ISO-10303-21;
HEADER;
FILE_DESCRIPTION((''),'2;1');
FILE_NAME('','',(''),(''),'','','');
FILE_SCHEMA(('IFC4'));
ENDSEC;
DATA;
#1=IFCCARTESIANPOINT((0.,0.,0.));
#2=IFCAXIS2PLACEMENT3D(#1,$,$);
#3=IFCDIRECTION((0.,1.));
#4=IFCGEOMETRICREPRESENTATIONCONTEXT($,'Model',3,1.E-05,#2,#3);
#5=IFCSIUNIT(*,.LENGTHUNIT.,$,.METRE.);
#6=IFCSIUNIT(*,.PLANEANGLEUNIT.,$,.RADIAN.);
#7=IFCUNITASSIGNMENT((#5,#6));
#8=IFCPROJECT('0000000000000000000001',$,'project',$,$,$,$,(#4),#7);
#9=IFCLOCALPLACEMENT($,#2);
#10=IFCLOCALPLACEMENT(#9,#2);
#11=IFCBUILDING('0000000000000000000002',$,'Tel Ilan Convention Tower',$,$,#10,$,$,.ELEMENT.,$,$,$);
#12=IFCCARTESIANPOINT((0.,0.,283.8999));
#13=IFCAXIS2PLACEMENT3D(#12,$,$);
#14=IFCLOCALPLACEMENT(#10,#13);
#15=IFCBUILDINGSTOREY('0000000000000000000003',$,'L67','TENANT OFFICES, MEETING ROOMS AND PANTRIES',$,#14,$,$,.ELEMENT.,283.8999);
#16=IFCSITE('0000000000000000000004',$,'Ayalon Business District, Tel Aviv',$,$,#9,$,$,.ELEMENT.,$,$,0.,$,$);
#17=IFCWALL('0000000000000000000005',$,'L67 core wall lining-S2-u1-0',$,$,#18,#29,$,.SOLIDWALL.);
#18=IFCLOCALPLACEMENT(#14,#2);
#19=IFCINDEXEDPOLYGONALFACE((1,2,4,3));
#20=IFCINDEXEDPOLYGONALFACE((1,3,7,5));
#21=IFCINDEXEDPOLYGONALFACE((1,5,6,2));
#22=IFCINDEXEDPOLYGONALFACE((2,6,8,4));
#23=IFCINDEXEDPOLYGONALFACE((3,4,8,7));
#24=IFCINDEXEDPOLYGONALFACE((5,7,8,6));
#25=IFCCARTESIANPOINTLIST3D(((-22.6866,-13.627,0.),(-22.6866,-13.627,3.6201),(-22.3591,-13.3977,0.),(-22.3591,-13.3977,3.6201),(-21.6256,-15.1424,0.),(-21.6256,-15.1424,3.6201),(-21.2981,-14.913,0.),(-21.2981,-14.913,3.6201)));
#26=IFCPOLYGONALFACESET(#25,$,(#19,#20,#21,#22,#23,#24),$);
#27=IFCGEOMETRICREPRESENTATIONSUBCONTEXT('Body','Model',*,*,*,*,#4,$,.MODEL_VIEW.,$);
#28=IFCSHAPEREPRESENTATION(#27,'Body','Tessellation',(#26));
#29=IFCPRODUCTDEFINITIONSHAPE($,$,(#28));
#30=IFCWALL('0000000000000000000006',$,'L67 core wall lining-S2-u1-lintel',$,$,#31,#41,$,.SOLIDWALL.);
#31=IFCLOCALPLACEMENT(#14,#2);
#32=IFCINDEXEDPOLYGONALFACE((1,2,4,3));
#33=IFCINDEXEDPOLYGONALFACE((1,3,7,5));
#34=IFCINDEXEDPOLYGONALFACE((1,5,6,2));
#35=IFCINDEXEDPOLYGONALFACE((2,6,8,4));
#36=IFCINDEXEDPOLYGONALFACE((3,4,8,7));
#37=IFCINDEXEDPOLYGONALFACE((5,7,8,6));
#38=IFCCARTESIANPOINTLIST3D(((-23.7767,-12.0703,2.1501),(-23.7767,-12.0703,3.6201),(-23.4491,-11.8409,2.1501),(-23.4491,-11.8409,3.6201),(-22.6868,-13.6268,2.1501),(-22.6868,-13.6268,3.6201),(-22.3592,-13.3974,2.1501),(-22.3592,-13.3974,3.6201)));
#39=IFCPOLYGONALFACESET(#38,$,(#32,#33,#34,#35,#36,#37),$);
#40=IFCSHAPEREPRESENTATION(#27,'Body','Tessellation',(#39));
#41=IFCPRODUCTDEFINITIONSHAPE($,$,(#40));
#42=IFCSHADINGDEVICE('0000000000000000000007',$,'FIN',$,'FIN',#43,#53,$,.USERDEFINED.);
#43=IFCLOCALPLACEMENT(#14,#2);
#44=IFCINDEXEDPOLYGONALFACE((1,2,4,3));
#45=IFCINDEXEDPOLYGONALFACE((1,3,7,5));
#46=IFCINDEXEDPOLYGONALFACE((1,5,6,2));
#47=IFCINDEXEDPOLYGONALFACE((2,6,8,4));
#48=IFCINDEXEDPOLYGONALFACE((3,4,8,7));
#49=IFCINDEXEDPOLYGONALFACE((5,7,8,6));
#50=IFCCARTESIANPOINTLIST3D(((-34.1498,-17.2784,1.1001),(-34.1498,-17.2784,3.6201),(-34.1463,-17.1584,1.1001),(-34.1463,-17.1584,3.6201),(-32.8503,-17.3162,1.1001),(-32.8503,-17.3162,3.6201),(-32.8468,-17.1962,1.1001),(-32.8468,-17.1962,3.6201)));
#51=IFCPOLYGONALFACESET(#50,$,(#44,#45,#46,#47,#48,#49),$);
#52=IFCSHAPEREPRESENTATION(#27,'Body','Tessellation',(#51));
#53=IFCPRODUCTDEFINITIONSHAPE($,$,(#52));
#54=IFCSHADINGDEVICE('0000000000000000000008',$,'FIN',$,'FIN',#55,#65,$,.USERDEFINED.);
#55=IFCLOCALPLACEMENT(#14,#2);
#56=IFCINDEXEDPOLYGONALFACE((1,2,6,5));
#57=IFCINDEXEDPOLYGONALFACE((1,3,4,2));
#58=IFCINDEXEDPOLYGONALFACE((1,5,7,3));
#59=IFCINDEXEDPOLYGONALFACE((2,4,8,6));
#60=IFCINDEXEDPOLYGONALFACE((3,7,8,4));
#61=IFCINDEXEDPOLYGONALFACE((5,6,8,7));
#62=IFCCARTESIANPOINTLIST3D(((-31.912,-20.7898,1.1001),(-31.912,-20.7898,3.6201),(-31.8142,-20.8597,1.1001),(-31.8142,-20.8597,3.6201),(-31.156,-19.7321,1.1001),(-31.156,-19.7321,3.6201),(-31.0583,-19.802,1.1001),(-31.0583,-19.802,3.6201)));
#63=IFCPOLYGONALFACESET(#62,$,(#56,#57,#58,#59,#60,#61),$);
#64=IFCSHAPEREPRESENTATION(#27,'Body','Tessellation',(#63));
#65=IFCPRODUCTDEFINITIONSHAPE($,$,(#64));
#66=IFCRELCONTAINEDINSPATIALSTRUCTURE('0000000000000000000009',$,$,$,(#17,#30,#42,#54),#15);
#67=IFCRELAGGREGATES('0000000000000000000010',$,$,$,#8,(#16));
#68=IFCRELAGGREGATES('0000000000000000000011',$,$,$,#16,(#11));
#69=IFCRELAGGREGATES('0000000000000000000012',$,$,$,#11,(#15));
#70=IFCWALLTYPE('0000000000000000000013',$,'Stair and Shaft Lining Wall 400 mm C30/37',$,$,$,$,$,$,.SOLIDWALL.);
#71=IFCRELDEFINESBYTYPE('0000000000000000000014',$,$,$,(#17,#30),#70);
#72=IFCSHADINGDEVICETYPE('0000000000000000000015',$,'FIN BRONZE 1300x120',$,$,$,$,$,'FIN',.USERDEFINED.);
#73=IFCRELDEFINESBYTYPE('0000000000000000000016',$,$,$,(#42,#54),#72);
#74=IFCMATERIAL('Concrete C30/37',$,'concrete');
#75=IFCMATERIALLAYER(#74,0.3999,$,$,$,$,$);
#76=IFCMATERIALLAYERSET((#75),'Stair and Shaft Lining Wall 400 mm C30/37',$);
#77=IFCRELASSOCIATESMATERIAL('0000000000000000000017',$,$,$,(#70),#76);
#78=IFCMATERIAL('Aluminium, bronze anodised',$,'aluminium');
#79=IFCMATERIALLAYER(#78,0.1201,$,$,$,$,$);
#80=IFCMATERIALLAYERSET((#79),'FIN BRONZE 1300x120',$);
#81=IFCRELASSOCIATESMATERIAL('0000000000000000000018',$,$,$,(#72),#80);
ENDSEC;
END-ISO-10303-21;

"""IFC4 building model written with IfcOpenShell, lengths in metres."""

from ifc_helpers import new_model, si_unit, direction, frame, frame_2d, origin, origin_2d, place, context, subcontext, project, spatial, rectangle, extrude, material, layer, layer_set, type_object, element, save


model = new_model("IFC4")

# Units and contexts
model_context = context("Model", 3, precision=1e-05, world=origin(), true_north=direction((0.0, 1.0)))
body_context = subcontext(model_context, "Body", "Model", "MODEL_VIEW")
ifc_project = project(units=[si_unit("LENGTHUNIT", "METRE"), si_unit("PLANEANGLEUNIT", "RADIAN")], contexts=[model_context])

# Site, building, storey
site_placement = place(None, origin())
site = spatial("IfcSite", under=ifc_project, at=site_placement, Name="Ayalon Business District, Tel Aviv", CompositionType="ELEMENT", RefElevation=0.0)
building_placement = place(site_placement, origin())
building = spatial("IfcBuilding", under=site, at=building_placement, Name="Tel Ilan Convention Tower", CompositionType="ELEMENT")
storey_placement = place(building_placement, frame((0.0, 0.0, 283.8999)))
storey = spatial("IfcBuildingStorey", under=building, at=storey_placement, Name="L67", Description="TENANT OFFICES, MEETING ROOMS AND PANTRIES", CompositionType="ELEMENT", Elevation=283.8999)

# Walls
ifc_material_1 = material(Name="Concrete C30/37", Category="concrete")
ifc_layer_1 = layer(ifc_material_1, 0.3999)
ifc_layer_set_1 = layer_set([ifc_layer_1], Name="Stair and Shaft Lining Wall 400 mm C30/37")
wall_type_1 = type_object("IfcWallType", Name="Stair and Shaft Lining Wall 400 mm C30/37", PredefinedType="SOLIDWALL", material=ifc_layer_set_1)
wall_1_placement = place(storey_placement, frame((-21.4619, -15.0276, 0.0), z_axis=(0.0, 0.0, 1.0), x_axis=(-0.57356, 0.819164, 0.0)))
element("IfcWall", 1, at=wall_1_placement, inside=storey, type_object=wall_type_1, Name="L67 core wall lining-S2-u1-0", PredefinedType="SOLIDWALL", context=body_context, shape_type="SweptSolid", body=[
    extrude(rectangle(XDim=1.8499, YDim=0.3999, at=frame_2d((0.9248, 0.0))), origin(), (0.0, 0.0, 1.0), 3.6201),
])
wall_2_placement = place(storey_placement, frame((-22.5229, -13.5122, 2.1501), z_axis=(0.0, 0.0, 1.0), x_axis=(-0.573592, 0.819141, 0.0)))
element("IfcWall", 2, at=wall_2_placement, inside=storey, type_object=wall_type_1, Name="L67 core wall lining-S2-u1-lintel", PredefinedType="SOLIDWALL", context=body_context, shape_type="SweptSolid", body=[
    extrude(rectangle(XDim=1.9001, YDim=0.3999, at=frame_2d((0.9502, 0.0))), origin(), (0.0, 0.0, 1.0), 1.47),
])

# Shading devices
ifc_material_2 = material(Name="Aluminium, bronze anodised", Category="aluminium")
ifc_layer_2 = layer(ifc_material_2, 0.1201)
ifc_layer_set_2 = layer_set([ifc_layer_2], Name="FIN BRONZE 1300x120")
shading_device_type = type_object("IfcShadingDeviceType", Name="FIN BRONZE 1300x120", ElementType="FIN", PredefinedType="USERDEFINED", material=ifc_layer_set_2)
for number, where, z_axis, x_axis, name in (
    (3, (-33.4983, -17.2373, 1.1001), (0.0, 0.0, 1.0), (-0.999577, 0.029085, 0.0), "FIN"),
    (4, (-31.4851, -20.2959, 1.1001), (0.0, 0.0, 1.0), (-0.581492, -0.813552, 0.0), "FIN"),
):
    element("IfcShadingDevice", number, at=place(storey_placement, frame(where, z_axis=z_axis, x_axis=x_axis)), inside=storey, type_object=shading_device_type, Name=name, ObjectType="FIN", PredefinedType="USERDEFINED", context=body_context, shape_type="SweptSolid", body=[
        extrude(rectangle(XDim=1.3, YDim=0.1201, at=origin_2d()), origin(), (0.0, 0.0, 1.0), 2.52),
    ])

save(model, "model.ifc")
